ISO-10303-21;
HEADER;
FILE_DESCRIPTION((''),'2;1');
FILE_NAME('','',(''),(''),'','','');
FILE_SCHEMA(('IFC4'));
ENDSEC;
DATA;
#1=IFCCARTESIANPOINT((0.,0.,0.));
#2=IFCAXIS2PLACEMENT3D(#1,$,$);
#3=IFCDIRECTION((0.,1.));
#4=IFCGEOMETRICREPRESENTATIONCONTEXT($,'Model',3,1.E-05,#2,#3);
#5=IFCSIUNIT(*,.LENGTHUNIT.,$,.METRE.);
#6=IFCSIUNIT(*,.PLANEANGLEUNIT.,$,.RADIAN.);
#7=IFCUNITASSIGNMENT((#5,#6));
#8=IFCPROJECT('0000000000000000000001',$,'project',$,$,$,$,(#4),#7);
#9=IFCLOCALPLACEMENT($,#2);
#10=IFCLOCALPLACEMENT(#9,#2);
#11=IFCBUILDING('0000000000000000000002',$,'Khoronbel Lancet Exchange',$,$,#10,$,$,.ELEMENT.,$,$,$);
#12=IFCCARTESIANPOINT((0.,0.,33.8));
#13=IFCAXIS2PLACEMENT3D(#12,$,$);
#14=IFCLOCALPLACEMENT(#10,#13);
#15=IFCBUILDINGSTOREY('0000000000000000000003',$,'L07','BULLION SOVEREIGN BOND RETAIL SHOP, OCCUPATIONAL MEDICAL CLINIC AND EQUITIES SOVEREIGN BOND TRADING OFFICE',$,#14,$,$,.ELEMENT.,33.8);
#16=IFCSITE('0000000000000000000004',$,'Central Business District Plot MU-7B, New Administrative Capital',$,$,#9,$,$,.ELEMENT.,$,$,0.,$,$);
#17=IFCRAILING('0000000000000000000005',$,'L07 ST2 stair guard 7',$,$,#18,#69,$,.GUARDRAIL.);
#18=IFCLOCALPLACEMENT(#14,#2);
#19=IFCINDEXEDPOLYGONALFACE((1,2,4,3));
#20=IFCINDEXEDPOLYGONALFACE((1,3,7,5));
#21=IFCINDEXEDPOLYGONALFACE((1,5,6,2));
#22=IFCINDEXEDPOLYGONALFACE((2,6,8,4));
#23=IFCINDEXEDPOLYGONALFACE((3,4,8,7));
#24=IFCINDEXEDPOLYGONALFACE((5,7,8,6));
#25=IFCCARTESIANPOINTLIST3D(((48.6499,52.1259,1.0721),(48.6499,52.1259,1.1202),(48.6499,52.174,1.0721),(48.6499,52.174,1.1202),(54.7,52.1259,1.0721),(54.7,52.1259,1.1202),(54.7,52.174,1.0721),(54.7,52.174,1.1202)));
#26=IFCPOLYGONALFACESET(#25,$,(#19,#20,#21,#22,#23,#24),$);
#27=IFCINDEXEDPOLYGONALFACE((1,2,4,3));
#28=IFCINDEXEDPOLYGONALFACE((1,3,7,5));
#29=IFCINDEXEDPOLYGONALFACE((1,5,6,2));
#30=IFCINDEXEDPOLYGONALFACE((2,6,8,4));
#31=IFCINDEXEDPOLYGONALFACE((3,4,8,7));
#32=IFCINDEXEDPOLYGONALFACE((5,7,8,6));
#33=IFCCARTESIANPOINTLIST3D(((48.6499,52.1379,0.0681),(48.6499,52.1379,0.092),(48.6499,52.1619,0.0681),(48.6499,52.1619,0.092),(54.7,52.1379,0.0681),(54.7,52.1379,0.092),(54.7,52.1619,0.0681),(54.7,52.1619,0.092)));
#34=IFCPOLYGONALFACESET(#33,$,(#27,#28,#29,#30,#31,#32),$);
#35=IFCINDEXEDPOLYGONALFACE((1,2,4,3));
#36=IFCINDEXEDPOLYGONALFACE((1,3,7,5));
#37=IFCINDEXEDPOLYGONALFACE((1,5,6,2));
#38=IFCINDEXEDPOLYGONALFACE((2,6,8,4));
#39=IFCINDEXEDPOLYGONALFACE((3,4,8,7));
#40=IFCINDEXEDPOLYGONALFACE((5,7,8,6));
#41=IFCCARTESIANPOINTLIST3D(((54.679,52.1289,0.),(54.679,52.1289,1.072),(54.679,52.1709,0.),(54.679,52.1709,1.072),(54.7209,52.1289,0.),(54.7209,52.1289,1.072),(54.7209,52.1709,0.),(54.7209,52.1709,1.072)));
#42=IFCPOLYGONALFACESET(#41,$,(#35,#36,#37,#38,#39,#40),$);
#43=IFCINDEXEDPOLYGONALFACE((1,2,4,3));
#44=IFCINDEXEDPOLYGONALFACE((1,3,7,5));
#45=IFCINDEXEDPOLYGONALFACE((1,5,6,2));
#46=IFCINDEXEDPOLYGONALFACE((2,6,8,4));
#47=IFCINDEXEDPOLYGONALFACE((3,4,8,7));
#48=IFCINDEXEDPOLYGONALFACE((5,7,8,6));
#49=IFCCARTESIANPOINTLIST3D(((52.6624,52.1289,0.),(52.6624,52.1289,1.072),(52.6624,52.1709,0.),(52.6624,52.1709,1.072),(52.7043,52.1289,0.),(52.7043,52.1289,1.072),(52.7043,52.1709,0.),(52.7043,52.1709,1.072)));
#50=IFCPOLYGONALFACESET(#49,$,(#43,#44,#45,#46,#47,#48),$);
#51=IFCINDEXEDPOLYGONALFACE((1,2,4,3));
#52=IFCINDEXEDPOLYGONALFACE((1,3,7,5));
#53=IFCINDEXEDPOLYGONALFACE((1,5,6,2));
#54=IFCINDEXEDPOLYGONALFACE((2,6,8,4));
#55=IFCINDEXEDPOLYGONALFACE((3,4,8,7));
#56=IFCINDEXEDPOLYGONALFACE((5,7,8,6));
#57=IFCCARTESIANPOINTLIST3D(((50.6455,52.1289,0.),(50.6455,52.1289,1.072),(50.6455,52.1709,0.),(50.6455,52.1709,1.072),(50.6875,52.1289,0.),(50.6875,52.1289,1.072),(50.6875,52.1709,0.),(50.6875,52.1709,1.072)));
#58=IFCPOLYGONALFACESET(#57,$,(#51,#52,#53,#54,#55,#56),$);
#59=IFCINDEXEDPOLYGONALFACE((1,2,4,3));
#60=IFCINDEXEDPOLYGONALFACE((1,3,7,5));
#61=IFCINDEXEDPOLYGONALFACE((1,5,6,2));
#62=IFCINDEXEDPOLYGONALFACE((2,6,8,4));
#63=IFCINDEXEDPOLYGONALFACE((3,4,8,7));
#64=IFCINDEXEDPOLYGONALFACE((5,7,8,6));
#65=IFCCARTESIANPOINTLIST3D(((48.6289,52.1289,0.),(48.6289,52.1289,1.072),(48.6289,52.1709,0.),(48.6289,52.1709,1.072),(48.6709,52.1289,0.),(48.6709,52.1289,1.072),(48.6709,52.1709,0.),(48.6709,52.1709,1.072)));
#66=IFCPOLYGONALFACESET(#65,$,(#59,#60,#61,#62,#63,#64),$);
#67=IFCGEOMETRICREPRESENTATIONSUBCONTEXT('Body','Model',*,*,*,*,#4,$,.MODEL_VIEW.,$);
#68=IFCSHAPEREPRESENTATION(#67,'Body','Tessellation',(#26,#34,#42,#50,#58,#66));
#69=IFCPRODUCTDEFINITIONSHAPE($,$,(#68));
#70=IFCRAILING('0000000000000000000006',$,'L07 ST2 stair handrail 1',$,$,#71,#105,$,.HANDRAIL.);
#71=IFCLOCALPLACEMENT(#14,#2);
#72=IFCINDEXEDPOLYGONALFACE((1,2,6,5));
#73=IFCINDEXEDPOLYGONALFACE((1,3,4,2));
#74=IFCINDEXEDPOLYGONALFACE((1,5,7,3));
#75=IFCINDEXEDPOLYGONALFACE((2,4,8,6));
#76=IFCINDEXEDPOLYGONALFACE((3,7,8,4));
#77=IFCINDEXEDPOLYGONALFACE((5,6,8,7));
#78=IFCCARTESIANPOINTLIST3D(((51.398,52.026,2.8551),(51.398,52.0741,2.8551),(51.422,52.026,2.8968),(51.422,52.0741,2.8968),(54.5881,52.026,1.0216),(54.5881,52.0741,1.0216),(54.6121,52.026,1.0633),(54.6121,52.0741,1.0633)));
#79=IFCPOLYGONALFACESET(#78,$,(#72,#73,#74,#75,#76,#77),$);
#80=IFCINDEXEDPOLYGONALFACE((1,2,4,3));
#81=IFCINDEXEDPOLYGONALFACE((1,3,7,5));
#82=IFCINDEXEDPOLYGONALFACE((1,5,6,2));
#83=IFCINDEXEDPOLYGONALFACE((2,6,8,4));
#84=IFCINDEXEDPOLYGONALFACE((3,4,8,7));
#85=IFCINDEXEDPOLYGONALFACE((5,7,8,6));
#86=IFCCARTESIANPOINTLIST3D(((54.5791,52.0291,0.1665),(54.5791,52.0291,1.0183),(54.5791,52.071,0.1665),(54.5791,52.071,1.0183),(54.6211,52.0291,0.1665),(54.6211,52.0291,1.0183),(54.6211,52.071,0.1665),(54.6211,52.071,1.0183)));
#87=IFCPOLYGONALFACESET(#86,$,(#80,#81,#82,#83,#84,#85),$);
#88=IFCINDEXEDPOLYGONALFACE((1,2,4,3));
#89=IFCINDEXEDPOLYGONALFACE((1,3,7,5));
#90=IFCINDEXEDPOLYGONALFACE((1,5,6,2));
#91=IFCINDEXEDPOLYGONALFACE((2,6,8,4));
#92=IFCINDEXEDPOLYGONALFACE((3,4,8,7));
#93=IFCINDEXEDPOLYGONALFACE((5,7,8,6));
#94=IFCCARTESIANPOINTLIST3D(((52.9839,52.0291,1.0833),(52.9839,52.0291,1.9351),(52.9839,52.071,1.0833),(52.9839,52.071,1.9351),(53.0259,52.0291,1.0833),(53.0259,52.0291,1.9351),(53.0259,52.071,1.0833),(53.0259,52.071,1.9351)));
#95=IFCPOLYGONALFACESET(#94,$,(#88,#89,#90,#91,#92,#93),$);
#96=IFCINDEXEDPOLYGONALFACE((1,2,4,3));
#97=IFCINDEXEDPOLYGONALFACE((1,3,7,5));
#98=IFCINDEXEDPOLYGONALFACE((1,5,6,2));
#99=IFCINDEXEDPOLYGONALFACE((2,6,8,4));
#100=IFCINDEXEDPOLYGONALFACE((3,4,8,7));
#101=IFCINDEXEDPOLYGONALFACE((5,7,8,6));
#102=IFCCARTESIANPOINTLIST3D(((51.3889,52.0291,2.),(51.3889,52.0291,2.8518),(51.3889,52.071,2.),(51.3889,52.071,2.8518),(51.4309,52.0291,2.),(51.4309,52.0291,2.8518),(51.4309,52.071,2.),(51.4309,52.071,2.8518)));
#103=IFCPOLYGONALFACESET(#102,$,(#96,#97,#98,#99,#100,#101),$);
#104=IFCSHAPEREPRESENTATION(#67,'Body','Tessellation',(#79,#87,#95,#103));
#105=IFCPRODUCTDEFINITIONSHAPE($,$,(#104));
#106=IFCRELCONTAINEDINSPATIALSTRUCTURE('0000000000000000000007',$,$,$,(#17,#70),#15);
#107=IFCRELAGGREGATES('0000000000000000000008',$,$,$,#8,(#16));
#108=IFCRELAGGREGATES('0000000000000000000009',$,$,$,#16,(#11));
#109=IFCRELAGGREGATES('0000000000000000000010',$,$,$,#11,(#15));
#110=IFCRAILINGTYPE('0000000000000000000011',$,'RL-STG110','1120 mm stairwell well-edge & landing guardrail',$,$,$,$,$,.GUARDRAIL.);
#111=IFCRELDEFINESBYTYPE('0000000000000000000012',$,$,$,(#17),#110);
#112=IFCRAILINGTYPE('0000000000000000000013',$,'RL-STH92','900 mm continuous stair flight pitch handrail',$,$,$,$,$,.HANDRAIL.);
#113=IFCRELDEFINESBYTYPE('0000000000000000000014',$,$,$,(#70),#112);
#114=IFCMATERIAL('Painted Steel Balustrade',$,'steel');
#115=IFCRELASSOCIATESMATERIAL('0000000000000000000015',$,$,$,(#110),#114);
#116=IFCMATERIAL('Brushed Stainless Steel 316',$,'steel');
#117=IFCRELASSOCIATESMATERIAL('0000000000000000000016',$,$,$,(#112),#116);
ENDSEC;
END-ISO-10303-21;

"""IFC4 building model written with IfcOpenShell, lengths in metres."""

from ifc_helpers import new_model, si_unit, direction, frame, origin, origin_2d, place, context, subcontext, project, spatial, rectangle, extrude, material, type_object, element, save


model = new_model("IFC4")

# Units and contexts
model_context = context("Model", 3, precision=1e-05, world=origin(), true_north=direction((0.0, 1.0)))
body_context = subcontext(model_context, "Body", "Model", "MODEL_VIEW")
ifc_project = project(units=[si_unit("LENGTHUNIT", "METRE"), si_unit("PLANEANGLEUNIT", "RADIAN")], contexts=[model_context])

# Site, building, storey
site_placement = place(None, origin())
site = spatial("IfcSite", under=ifc_project, at=site_placement, Name="Central Business District Plot MU-7B, New Administrative Capital", CompositionType="ELEMENT", RefElevation=0.0)
building_placement = place(site_placement, origin())
building = spatial("IfcBuilding", under=site, at=building_placement, Name="Khoronbel Lancet Exchange", CompositionType="ELEMENT")
storey_placement = place(building_placement, frame((0.0, 0.0, 33.8)))
storey = spatial("IfcBuildingStorey", under=building, at=storey_placement, Name="L07", Description="BULLION SOVEREIGN BOND RETAIL SHOP, OCCUPATIONAL MEDICAL CLINIC AND EQUITIES SOVEREIGN BOND TRADING OFFICE", CompositionType="ELEMENT", Elevation=33.8)

# Railings
ifc_material_1 = material(Name="Painted Steel Balustrade", Category="steel")
railing_type_1 = type_object("IfcRailingType", Name="RL-STG110", Description="1120 mm stairwell well-edge & landing guardrail", PredefinedType="GUARDRAIL", material=ifc_material_1)
railing_1_placement = place(storey_placement, frame((54.7, 52.1499, 0.0)))
element("IfcRailing", 1, at=railing_1_placement, inside=storey, type_object=railing_type_1, Name="L07 ST2 stair guard 7", PredefinedType="GUARDRAIL", context=body_context, shape_type="SweptSolid", body=[
    extrude(rectangle(XDim=0.0481, YDim=0.0481, at=origin_2d()), frame((0.0, 0.0, 1.0962), z_axis=(-1.0, 0.0, 0.0), x_axis=(0.0, -1.0, 0.0)), (0.0, 0.0, 1.0), 6.05),
    extrude(rectangle(XDim=0.0239, YDim=0.0239, at=origin_2d()), frame((0.0, 0.0, 0.0801), z_axis=(-1.0, 0.0, 0.0), x_axis=(0.0, -1.0, 0.0)), (0.0, 0.0, 1.0), 6.05),
    extrude(rectangle(XDim=0.042, YDim=0.042, at=origin_2d()), origin(), (0.0, 0.0, 1.0), 1.072),
    extrude(rectangle(XDim=0.042, YDim=0.042, at=origin_2d()), frame((-2.0166, 0.0, 0.0)), (0.0, 0.0, 1.0), 1.072),
    extrude(rectangle(XDim=0.042, YDim=0.042, at=origin_2d()), frame((-4.0334, 0.0, 0.0)), (0.0, 0.0, 1.0), 1.072),
    extrude(rectangle(XDim=0.042, YDim=0.042, at=origin_2d()), frame((-6.05, 0.0, 0.0)), (0.0, 0.0, 1.0), 1.072),
])
ifc_material_2 = material(Name="Brushed Stainless Steel 316", Category="steel")
railing_type_2 = type_object("IfcRailingType", Name="RL-STH92", Description="900 mm continuous stair flight pitch handrail", PredefinedType="HANDRAIL", material=ifc_material_2)
railing_2_placement = place(storey_placement, frame((54.6001, 52.05, 0.1665)))
element("IfcRailing", 2, at=railing_2_placement, inside=storey, type_object=railing_type_2, Name="L07 ST2 stair handrail 1", PredefinedType="HANDRAIL", context=body_context, shape_type="SweptSolid", body=[
    extrude(rectangle(XDim=0.0481, YDim=0.0481, at=origin_2d()), frame((0.0, 0.0, 0.876), z_axis=(-0.867007, 0.0, 0.498295), x_axis=(0.0, -1.0, 0.0)), (0.0, 0.0, 1.0), 3.6794),
    extrude(rectangle(XDim=0.042, YDim=0.042, at=origin_2d()), origin(), (0.0, 0.0, 1.0), 0.8518),
    extrude(rectangle(XDim=0.042, YDim=0.042, at=origin_2d()), frame((-1.5952, 0.0, 0.9167)), (0.0, 0.0, 1.0), 0.8518),
    extrude(rectangle(XDim=0.042, YDim=0.042, at=origin_2d()), frame((-3.1902, 0.0, 1.8335)), (0.0, 0.0, 1.0), 0.8518),
])

save(model, "model.ifc")
